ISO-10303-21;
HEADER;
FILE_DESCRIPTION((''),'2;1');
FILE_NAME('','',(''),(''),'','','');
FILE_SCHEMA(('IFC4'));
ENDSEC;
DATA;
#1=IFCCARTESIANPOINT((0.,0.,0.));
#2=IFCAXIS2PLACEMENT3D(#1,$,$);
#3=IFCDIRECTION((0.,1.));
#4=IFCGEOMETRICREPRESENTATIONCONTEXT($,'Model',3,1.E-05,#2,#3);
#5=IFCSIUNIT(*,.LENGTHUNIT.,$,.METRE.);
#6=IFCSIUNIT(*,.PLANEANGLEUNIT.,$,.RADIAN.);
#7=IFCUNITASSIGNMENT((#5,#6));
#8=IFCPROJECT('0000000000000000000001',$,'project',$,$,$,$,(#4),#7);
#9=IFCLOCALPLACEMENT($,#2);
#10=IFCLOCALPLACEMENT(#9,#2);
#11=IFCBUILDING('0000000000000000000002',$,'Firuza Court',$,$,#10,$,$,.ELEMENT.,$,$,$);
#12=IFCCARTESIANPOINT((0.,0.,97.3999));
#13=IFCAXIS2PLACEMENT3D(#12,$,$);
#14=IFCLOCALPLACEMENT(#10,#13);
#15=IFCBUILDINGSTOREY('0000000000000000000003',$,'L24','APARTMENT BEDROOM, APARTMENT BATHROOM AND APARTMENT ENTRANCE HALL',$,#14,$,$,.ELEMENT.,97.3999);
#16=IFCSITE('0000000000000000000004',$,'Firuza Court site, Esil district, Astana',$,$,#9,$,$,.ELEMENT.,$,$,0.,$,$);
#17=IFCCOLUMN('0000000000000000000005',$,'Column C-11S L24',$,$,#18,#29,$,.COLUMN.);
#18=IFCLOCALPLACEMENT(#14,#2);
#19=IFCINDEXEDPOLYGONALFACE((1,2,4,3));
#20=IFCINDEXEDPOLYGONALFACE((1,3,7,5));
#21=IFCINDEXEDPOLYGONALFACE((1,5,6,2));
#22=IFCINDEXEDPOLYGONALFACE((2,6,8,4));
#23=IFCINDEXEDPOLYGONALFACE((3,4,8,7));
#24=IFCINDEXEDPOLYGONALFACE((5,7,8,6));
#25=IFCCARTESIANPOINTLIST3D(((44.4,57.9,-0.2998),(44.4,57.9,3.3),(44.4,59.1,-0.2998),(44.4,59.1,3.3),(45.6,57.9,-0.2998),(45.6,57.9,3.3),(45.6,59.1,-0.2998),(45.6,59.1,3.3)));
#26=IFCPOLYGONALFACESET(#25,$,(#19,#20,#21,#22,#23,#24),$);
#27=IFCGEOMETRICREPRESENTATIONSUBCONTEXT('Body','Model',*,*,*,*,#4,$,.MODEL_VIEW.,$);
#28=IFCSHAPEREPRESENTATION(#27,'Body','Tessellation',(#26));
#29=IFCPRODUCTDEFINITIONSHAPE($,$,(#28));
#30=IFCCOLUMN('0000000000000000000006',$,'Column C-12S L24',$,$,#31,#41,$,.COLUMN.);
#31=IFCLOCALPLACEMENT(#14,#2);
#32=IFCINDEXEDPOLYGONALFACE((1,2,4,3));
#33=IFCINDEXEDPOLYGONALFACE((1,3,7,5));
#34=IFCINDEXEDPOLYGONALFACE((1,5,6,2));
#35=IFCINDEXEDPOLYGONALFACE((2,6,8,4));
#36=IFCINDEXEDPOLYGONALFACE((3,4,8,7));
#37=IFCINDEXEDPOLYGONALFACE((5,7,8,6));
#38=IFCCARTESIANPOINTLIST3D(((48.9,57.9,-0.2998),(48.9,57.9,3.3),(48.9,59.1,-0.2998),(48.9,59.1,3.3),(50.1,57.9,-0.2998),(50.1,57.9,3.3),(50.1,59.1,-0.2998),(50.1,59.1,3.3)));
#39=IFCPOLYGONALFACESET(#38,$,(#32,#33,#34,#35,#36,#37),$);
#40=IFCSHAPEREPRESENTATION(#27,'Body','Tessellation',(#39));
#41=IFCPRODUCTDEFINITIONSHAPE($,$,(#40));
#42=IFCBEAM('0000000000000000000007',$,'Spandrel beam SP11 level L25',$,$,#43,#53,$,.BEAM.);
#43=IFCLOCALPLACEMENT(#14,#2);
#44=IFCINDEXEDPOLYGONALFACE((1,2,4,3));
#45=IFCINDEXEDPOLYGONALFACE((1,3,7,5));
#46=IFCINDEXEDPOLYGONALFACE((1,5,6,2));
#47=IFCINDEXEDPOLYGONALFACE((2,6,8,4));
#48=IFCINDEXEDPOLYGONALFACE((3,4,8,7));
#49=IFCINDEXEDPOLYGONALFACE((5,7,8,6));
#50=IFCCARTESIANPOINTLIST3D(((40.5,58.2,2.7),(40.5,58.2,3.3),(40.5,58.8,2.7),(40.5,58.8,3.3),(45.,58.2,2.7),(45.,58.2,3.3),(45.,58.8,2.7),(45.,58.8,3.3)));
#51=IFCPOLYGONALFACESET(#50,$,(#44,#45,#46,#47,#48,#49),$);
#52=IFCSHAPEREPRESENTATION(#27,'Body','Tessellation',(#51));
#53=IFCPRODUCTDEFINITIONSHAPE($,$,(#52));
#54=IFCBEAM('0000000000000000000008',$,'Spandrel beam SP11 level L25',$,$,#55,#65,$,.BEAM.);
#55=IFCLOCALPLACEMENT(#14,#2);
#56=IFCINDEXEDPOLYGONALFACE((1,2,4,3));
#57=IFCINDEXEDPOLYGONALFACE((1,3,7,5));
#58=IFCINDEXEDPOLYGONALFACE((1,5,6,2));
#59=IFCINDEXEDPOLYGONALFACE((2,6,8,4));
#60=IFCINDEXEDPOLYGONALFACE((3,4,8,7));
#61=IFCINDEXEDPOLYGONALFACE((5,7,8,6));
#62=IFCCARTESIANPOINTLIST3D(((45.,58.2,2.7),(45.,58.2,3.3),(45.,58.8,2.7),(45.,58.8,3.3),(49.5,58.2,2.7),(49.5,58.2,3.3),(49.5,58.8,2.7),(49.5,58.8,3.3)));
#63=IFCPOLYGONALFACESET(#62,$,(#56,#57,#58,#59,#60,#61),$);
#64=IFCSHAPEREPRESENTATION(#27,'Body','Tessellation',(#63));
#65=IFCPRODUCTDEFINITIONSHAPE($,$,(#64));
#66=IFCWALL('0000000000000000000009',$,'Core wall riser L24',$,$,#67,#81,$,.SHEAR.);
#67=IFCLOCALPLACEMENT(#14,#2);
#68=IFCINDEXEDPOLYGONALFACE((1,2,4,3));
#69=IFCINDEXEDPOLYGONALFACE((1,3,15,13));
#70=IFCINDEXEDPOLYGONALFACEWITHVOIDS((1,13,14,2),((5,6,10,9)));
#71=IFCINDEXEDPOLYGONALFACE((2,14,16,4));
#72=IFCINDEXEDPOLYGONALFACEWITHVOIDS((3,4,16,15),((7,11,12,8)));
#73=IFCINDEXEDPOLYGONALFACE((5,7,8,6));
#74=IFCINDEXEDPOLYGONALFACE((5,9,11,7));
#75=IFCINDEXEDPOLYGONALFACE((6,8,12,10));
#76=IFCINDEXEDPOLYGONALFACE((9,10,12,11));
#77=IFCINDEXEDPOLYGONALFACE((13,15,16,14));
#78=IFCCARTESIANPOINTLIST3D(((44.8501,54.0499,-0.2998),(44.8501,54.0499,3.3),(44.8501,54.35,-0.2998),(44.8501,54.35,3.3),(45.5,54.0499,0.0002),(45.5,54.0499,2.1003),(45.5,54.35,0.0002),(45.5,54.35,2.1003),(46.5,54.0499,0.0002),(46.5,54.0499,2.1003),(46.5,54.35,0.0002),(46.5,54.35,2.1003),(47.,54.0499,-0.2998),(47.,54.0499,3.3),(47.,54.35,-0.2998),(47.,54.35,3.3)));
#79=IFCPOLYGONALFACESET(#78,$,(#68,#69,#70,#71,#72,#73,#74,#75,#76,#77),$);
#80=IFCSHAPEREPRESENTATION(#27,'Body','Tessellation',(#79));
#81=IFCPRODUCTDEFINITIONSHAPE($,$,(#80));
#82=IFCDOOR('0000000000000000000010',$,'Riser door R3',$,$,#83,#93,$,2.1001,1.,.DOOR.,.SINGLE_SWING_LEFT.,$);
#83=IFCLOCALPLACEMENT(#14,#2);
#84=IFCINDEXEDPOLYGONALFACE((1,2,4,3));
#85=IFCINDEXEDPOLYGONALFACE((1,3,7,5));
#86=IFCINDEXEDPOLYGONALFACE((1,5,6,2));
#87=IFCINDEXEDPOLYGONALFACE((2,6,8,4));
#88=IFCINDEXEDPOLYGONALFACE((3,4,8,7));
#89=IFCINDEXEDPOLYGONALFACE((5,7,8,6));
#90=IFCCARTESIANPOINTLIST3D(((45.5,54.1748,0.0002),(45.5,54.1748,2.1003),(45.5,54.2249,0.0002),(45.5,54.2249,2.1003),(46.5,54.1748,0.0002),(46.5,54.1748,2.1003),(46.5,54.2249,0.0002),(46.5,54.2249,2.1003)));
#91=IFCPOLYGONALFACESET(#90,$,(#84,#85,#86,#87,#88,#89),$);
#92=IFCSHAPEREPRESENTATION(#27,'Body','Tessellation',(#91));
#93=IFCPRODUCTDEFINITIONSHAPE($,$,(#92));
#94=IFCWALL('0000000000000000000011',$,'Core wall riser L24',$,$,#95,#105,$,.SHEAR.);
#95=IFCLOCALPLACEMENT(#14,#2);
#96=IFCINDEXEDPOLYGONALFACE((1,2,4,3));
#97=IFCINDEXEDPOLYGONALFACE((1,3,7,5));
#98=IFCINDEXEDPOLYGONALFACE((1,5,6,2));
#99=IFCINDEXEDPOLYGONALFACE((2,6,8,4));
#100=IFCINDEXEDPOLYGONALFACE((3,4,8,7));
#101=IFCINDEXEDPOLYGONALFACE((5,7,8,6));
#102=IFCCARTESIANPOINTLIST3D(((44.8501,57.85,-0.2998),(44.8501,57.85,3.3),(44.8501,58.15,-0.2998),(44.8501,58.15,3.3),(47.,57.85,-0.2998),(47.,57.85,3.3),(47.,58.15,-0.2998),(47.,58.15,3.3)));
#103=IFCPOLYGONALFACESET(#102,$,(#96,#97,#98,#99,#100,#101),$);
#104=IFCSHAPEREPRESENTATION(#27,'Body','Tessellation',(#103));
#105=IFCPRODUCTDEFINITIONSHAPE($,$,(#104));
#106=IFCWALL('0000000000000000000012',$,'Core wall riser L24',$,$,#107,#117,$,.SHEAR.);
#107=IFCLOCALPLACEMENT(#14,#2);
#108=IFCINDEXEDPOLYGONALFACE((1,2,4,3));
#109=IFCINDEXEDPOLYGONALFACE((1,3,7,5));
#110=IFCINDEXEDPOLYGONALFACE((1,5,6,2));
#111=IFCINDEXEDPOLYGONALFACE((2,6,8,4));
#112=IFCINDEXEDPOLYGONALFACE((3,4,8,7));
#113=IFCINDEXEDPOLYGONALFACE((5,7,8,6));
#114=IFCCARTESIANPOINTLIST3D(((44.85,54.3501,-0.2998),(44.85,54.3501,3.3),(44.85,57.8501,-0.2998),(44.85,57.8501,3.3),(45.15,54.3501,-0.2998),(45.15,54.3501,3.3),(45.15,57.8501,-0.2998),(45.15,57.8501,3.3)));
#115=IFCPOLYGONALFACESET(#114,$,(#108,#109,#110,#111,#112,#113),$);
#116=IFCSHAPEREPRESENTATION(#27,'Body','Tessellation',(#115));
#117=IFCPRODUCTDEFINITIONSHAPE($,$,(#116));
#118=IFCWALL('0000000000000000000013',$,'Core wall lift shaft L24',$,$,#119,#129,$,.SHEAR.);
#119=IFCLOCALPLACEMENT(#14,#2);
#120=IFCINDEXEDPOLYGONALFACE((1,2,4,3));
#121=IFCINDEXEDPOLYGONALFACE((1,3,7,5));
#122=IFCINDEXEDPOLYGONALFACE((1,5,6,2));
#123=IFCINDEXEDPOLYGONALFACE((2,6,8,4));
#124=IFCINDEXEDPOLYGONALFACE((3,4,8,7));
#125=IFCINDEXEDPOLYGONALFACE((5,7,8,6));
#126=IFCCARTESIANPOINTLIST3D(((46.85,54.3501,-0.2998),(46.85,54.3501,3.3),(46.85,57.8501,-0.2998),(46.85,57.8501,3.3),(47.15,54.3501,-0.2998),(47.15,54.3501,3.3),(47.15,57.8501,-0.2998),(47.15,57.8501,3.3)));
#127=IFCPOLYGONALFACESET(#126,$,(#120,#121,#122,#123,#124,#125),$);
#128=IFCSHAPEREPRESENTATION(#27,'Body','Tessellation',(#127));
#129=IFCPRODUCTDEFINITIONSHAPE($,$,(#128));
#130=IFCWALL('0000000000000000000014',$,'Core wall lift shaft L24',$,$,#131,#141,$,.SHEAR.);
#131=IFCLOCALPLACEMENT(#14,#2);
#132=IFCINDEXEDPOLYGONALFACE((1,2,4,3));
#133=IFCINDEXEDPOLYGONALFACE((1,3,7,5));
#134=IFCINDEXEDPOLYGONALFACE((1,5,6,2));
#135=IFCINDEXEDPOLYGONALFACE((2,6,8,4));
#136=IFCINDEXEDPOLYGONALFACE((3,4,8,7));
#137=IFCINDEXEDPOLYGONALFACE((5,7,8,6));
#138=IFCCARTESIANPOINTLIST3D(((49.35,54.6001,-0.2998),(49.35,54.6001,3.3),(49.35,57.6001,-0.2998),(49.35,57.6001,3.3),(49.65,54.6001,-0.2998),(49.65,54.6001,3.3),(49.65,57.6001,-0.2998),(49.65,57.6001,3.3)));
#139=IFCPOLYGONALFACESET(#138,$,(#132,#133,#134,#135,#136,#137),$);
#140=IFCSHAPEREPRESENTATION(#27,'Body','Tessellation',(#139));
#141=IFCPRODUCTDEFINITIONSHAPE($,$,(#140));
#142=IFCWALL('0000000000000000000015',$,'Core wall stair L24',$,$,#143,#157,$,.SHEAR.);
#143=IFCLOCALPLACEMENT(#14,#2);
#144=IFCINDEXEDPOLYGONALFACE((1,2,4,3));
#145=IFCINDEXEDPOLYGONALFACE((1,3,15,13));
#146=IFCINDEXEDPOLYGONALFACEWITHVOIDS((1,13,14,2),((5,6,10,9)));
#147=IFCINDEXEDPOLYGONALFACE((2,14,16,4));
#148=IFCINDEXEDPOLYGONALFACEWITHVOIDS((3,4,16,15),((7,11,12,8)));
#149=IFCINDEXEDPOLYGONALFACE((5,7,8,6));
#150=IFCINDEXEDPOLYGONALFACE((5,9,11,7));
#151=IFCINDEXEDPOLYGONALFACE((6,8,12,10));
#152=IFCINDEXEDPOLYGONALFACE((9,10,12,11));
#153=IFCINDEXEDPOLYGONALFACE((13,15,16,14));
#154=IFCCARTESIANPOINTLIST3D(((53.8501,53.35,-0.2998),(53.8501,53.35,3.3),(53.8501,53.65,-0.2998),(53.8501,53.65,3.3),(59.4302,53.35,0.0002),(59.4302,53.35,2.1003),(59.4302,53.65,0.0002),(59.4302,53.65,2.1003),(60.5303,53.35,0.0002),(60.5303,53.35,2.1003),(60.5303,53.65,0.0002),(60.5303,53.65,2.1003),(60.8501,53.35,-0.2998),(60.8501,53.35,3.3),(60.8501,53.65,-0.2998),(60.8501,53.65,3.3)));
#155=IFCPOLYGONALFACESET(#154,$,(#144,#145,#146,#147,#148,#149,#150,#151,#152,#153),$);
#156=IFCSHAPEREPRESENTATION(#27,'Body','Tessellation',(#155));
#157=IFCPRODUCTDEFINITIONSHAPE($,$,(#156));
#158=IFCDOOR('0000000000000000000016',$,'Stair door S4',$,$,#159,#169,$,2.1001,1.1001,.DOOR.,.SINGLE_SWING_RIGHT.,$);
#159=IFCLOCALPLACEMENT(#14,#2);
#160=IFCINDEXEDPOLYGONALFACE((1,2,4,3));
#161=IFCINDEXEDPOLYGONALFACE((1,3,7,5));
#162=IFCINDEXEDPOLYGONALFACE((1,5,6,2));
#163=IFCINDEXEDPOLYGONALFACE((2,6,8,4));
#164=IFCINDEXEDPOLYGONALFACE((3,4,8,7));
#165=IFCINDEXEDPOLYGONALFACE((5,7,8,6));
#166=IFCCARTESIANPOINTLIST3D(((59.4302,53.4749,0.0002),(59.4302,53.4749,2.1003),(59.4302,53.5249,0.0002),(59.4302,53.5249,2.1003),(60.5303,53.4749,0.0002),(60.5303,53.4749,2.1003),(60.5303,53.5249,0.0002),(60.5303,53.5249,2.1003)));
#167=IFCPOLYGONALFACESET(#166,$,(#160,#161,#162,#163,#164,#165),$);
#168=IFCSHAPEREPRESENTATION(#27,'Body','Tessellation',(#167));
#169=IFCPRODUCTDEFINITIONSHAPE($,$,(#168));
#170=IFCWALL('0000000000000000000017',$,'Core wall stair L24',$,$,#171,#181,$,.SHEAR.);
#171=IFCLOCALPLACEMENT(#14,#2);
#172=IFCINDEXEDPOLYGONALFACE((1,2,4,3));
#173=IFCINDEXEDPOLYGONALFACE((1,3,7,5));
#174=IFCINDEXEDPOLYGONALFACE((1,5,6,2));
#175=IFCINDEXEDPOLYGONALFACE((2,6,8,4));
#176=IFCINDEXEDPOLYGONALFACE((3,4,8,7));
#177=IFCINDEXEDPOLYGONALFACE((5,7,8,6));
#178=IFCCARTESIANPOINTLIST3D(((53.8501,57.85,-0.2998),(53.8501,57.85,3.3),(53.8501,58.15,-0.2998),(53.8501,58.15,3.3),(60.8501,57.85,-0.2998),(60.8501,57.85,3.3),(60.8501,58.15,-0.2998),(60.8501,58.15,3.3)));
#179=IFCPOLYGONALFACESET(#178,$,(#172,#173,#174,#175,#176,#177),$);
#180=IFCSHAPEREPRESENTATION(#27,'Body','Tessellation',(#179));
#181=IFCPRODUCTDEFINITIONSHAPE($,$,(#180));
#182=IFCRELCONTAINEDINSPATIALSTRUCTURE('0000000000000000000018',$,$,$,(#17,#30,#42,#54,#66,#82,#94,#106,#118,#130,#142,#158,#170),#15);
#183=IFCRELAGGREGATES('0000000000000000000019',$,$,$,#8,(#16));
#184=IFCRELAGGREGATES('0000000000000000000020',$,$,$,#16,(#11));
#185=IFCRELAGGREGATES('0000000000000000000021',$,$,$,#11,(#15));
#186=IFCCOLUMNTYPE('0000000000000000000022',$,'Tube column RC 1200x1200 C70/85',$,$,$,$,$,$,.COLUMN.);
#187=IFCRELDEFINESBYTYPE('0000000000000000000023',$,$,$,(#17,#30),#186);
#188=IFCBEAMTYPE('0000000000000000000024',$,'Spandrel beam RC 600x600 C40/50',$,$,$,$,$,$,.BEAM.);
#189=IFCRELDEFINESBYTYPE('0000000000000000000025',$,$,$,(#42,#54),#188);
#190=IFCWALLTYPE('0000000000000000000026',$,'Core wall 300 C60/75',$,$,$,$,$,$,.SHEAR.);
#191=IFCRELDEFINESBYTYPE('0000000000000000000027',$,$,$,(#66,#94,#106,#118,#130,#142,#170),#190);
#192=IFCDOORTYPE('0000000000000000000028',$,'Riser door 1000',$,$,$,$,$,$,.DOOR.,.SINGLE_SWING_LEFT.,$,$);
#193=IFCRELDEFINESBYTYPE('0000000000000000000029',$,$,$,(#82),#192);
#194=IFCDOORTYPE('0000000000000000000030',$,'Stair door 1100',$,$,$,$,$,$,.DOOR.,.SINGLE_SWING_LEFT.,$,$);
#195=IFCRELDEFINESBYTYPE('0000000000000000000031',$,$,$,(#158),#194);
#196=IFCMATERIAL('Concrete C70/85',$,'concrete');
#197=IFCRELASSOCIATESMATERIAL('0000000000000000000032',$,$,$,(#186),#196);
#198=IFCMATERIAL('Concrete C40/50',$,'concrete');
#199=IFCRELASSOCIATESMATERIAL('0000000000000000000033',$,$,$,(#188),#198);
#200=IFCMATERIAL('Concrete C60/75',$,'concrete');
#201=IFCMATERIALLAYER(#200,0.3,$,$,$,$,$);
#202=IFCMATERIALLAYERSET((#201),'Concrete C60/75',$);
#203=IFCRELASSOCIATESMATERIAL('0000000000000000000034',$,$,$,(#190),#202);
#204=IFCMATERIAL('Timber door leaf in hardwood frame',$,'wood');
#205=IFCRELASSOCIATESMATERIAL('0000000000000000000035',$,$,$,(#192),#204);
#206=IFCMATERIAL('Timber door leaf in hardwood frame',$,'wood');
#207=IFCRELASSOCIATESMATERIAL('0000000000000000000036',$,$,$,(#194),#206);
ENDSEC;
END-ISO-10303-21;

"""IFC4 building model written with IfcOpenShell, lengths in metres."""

from ifc_helpers import new_model, si_unit, direction, frame, frame_2d, origin, origin_2d, place, context, subcontext, project, spatial, rectangle, extrude, material, layer, layer_set, material_profile, profile_set, type_object, element, fill, save


model = new_model("IFC4")

# Units and contexts
model_context = context("Model", 3, precision=1e-05, world=origin(), true_north=direction((0.0, 1.0)))
body_context = subcontext(model_context, "Body", "Model", "MODEL_VIEW")
ifc_project = project(units=[si_unit("LENGTHUNIT", "METRE"), si_unit("PLANEANGLEUNIT", "RADIAN")], contexts=[model_context])

# Site, building, storey
site_placement = place(None, origin())
site = spatial("IfcSite", under=ifc_project, at=site_placement, Name="Firuza Court site, Esil district, Astana", CompositionType="ELEMENT", RefElevation=0.0)
building_placement = place(site_placement, origin())
building = spatial("IfcBuilding", under=site, at=building_placement, Name="Firuza Court", CompositionType="ELEMENT")
storey_placement = place(building_placement, frame((0.0, 0.0, 97.3999)))
storey = spatial("IfcBuildingStorey", under=building, at=storey_placement, Name="L24", Description="APARTMENT BEDROOM, APARTMENT BATHROOM AND APARTMENT ENTRANCE HALL", CompositionType="ELEMENT", Elevation=97.3999)

# Columns
ifc_material_1 = material(Name="Concrete C70/85", Category="concrete")
ifc_material_profile_1 = material_profile(ifc_material_1, rectangle(XDim=1.2, YDim=1.2, at=origin_2d()), Name="RC 1200x1200")
ifc_profile_set_1 = profile_set([ifc_material_profile_1], Name="Concrete C70/85")
column_type = type_object("IfcColumnType", Name="Tube column RC 1200x1200 C70/85", PredefinedType="COLUMN", material=ifc_profile_set_1)
for number, where, z_axis, x_axis, name in (
    (1, (45.0, 58.5, -0.2998), (0.0, 0.0, 1.0), (1.0, 0.0, 0.0), "Column C-11S L24"),
    (2, (49.5, 58.5, -0.2998), (0.0, 0.0, 1.0), (1.0, 0.0, 0.0), "Column C-12S L24"),
):
    element("IfcColumn", number, at=place(storey_placement, frame(where, z_axis=z_axis, x_axis=x_axis)), inside=storey, type_object=column_type, Name=name, PredefinedType="COLUMN", context=body_context, shape_type="SweptSolid", body=[
        extrude(rectangle(XDim=1.2, YDim=1.2, at=origin_2d()), origin(), (0.0, 0.0, 1.0), 3.5999),
    ])

# Beams
ifc_material_2 = material(Name="Concrete C40/50", Category="concrete")
ifc_material_profile_2 = material_profile(ifc_material_2, rectangle(XDim=0.6001, YDim=0.6001, at=origin_2d()), Name="RC 600x600")
ifc_profile_set_2 = profile_set([ifc_material_profile_2], Name="Concrete C40/50")
beam_type = type_object("IfcBeamType", Name="Spandrel beam RC 600x600 C40/50", PredefinedType="BEAM", material=ifc_profile_set_2)
for number, where, z_axis, x_axis, name in (
    (3, (45.0, 58.5, 3.0), (-1.0, 0.0, 0.0), (0.0, -1.0, 0.0), "Spandrel beam SP11 level L25"),
    (4, (49.5, 58.5, 3.0), (-1.0, 0.0, 0.0), (0.0, -1.0, 0.0), "Spandrel beam SP11 level L25"),
):
    element("IfcBeam", number, at=place(storey_placement, frame(where, z_axis=z_axis, x_axis=x_axis)), inside=storey, type_object=beam_type, Name=name, PredefinedType="BEAM", context=body_context, shape_type="SweptSolid", body=[
        extrude(rectangle(XDim=0.6001, YDim=0.6001, at=origin_2d()), origin(), (0.0, 0.0, 1.0), 4.5),
    ])

# Wall, opening, door
ifc_material_3 = material(Name="Concrete C60/75", Category="concrete")
ifc_layer_1 = layer(ifc_material_3, 0.3)
ifc_layer_set_1 = layer_set([ifc_layer_1], Name="Concrete C60/75")
wall_type_1 = type_object("IfcWallType", Name="Core wall 300 C60/75", PredefinedType="SHEAR", material=ifc_layer_set_1)
wall_1_placement = place(storey_placement, frame((44.8501, 54.2, -0.2998), z_axis=(0.0, 0.0, 1.0), x_axis=(1.0, 0.0, 0.0)))
wall_1 = element("IfcWall", 5, at=wall_1_placement, inside=storey, type_object=wall_type_1, Name="Core wall riser L24", PredefinedType="SHEAR", context=body_context, shape_type="SweptSolid", body=[
    extrude(rectangle(XDim=2.1499, YDim=0.3, at=frame_2d((1.075, 0.0))), origin(), (0.0, 0.0, 1.0), 3.5999),
])
opening_1_placement = place(wall_1_placement, frame((0.6499, 0.0, 0.3)))
opening_1 = element("IfcOpeningElement", 6, at=opening_1_placement, cuts=wall_1, PredefinedType="OPENING", context=body_context, shape_type="SweptSolid", body=[
    extrude(rectangle(XDim=1.0, YDim=2.1001, at=frame_2d((0.5, 1.05))), frame((0.0, 0.1621, 0.0), z_axis=(0.0, -1.0, 0.0), x_axis=(1.0, 0.0, 0.0)), (0.0, 0.0, 1.0), 0.324),
])
ifc_material_4 = material(Name="Timber door leaf in hardwood frame", Category="wood")
door_type_1 = type_object("IfcDoorType", Name="Riser door 1000", OperationType="SINGLE_SWING_LEFT", PredefinedType="DOOR", material=ifc_material_4)
door_1_placement = place(opening_1_placement, origin())
door_1 = element("IfcDoor", 7, at=door_1_placement, inside=storey, type_object=door_type_1, Name="Riser door R3", OperationType="SINGLE_SWING_LEFT", OverallHeight=2.1001, OverallWidth=1.0, PredefinedType="DOOR", context=body_context, shape_type="SweptSolid", body=[
    extrude(rectangle(XDim=1.0, YDim=2.1001, at=frame_2d((0.5, 1.05))), frame((0.0, 0.0249, 0.0), z_axis=(0.0, -1.0, 0.0), x_axis=(1.0, 0.0, 0.0)), (0.0, 0.0, 1.0), 0.05),
])
fill(opening_1, door_1)

# Walls
wall_2_placement = place(storey_placement, frame((44.8501, 58.0, -0.2998), z_axis=(0.0, 0.0, 1.0), x_axis=(1.0, 0.0, 0.0)))
element("IfcWall", 8, at=wall_2_placement, inside=storey, type_object=wall_type_1, Name="Core wall riser L24", PredefinedType="SHEAR", context=body_context, shape_type="SweptSolid", body=[
    extrude(rectangle(XDim=2.1499, YDim=0.3, at=frame_2d((1.075, 0.0))), origin(), (0.0, 0.0, 1.0), 3.5999),
])
for number, where, z_axis, x_axis, name in (
    (9, (45.0, 54.3501, -0.2998), (0.0, 0.0, 1.0), (0.0, 1.0, 0.0), "Core wall riser L24"),
    (10, (47.0, 54.3501, -0.2998), (0.0, 0.0, 1.0), (0.0, 1.0, 0.0), "Core wall lift shaft L24"),
):
    element("IfcWall", number, at=place(storey_placement, frame(where, z_axis=z_axis, x_axis=x_axis)), inside=storey, type_object=wall_type_1, Name=name, PredefinedType="SHEAR", context=body_context, shape_type="SweptSolid", body=[
        extrude(rectangle(XDim=3.5, YDim=0.3, at=frame_2d((1.75, 0.0))), origin(), (0.0, 0.0, 1.0), 3.5999),
    ])
wall_3_placement = place(storey_placement, frame((49.5, 54.6001, -0.2998), z_axis=(0.0, 0.0, 1.0), x_axis=(0.0, 1.0, 0.0)))
element("IfcWall", 11, at=wall_3_placement, inside=storey, type_object=wall_type_1, Name="Core wall lift shaft L24", PredefinedType="SHEAR", context=body_context, shape_type="SweptSolid", body=[
    extrude(rectangle(XDim=3.0, YDim=0.3, at=frame_2d((1.5, 0.0))), origin(), (0.0, 0.0, 1.0), 3.5999),
])

# Wall, opening, door
wall_4_placement = place(storey_placement, frame((53.8501, 53.5, -0.2998), z_axis=(0.0, 0.0, 1.0), x_axis=(1.0, 0.0, 0.0)))
wall_4 = element("IfcWall", 12, at=wall_4_placement, inside=storey, type_object=wall_type_1, Name="Core wall stair L24", PredefinedType="SHEAR", context=body_context, shape_type="SweptSolid", body=[
    extrude(rectangle(XDim=7.0, YDim=0.3, at=frame_2d((3.5, 0.0))), origin(), (0.0, 0.0, 1.0), 3.5999),
])
opening_2_placement = place(wall_4_placement, frame((5.5801, 0.0, 0.3)))
opening_2 = element("IfcOpeningElement", 13, at=opening_2_placement, cuts=wall_4, PredefinedType="OPENING", context=body_context, shape_type="SweptSolid", body=[
    extrude(rectangle(XDim=1.1001, YDim=2.1001, at=frame_2d((0.55, 1.05))), frame((0.0, 0.1621, 0.0), z_axis=(0.0, -1.0, 0.0), x_axis=(1.0, 0.0, 0.0)), (0.0, 0.0, 1.0), 0.324),
])
ifc_material_5 = material(Name="Timber door leaf in hardwood frame", Category="wood")
door_type_2 = type_object("IfcDoorType", Name="Stair door 1100", OperationType="SINGLE_SWING_LEFT", PredefinedType="DOOR", material=ifc_material_5)
door_2_placement = place(opening_2_placement, origin())
door_2 = element("IfcDoor", 14, at=door_2_placement, inside=storey, type_object=door_type_2, Name="Stair door S4", OperationType="SINGLE_SWING_RIGHT", OverallHeight=2.1001, OverallWidth=1.1001, PredefinedType="DOOR", context=body_context, shape_type="SweptSolid", body=[
    extrude(rectangle(XDim=1.1001, YDim=2.1001, at=frame_2d((0.55, 1.05))), frame((0.0, 0.0249, 0.0), z_axis=(0.0, -1.0, 0.0), x_axis=(1.0, 0.0, 0.0)), (0.0, 0.0, 1.0), 0.05),
])
fill(opening_2, door_2)

# Wall
wall_5_placement = place(storey_placement, frame((53.8501, 58.0, -0.2998), z_axis=(0.0, 0.0, 1.0), x_axis=(1.0, 0.0, 0.0)))
element("IfcWall", 15, at=wall_5_placement, inside=storey, type_object=wall_type_1, Name="Core wall stair L24", PredefinedType="SHEAR", context=body_context, shape_type="SweptSolid", body=[
    extrude(rectangle(XDim=7.0, YDim=0.3, at=frame_2d((3.5, 0.0))), origin(), (0.0, 0.0, 1.0), 3.5999),
])

save(model, "model.ifc")
